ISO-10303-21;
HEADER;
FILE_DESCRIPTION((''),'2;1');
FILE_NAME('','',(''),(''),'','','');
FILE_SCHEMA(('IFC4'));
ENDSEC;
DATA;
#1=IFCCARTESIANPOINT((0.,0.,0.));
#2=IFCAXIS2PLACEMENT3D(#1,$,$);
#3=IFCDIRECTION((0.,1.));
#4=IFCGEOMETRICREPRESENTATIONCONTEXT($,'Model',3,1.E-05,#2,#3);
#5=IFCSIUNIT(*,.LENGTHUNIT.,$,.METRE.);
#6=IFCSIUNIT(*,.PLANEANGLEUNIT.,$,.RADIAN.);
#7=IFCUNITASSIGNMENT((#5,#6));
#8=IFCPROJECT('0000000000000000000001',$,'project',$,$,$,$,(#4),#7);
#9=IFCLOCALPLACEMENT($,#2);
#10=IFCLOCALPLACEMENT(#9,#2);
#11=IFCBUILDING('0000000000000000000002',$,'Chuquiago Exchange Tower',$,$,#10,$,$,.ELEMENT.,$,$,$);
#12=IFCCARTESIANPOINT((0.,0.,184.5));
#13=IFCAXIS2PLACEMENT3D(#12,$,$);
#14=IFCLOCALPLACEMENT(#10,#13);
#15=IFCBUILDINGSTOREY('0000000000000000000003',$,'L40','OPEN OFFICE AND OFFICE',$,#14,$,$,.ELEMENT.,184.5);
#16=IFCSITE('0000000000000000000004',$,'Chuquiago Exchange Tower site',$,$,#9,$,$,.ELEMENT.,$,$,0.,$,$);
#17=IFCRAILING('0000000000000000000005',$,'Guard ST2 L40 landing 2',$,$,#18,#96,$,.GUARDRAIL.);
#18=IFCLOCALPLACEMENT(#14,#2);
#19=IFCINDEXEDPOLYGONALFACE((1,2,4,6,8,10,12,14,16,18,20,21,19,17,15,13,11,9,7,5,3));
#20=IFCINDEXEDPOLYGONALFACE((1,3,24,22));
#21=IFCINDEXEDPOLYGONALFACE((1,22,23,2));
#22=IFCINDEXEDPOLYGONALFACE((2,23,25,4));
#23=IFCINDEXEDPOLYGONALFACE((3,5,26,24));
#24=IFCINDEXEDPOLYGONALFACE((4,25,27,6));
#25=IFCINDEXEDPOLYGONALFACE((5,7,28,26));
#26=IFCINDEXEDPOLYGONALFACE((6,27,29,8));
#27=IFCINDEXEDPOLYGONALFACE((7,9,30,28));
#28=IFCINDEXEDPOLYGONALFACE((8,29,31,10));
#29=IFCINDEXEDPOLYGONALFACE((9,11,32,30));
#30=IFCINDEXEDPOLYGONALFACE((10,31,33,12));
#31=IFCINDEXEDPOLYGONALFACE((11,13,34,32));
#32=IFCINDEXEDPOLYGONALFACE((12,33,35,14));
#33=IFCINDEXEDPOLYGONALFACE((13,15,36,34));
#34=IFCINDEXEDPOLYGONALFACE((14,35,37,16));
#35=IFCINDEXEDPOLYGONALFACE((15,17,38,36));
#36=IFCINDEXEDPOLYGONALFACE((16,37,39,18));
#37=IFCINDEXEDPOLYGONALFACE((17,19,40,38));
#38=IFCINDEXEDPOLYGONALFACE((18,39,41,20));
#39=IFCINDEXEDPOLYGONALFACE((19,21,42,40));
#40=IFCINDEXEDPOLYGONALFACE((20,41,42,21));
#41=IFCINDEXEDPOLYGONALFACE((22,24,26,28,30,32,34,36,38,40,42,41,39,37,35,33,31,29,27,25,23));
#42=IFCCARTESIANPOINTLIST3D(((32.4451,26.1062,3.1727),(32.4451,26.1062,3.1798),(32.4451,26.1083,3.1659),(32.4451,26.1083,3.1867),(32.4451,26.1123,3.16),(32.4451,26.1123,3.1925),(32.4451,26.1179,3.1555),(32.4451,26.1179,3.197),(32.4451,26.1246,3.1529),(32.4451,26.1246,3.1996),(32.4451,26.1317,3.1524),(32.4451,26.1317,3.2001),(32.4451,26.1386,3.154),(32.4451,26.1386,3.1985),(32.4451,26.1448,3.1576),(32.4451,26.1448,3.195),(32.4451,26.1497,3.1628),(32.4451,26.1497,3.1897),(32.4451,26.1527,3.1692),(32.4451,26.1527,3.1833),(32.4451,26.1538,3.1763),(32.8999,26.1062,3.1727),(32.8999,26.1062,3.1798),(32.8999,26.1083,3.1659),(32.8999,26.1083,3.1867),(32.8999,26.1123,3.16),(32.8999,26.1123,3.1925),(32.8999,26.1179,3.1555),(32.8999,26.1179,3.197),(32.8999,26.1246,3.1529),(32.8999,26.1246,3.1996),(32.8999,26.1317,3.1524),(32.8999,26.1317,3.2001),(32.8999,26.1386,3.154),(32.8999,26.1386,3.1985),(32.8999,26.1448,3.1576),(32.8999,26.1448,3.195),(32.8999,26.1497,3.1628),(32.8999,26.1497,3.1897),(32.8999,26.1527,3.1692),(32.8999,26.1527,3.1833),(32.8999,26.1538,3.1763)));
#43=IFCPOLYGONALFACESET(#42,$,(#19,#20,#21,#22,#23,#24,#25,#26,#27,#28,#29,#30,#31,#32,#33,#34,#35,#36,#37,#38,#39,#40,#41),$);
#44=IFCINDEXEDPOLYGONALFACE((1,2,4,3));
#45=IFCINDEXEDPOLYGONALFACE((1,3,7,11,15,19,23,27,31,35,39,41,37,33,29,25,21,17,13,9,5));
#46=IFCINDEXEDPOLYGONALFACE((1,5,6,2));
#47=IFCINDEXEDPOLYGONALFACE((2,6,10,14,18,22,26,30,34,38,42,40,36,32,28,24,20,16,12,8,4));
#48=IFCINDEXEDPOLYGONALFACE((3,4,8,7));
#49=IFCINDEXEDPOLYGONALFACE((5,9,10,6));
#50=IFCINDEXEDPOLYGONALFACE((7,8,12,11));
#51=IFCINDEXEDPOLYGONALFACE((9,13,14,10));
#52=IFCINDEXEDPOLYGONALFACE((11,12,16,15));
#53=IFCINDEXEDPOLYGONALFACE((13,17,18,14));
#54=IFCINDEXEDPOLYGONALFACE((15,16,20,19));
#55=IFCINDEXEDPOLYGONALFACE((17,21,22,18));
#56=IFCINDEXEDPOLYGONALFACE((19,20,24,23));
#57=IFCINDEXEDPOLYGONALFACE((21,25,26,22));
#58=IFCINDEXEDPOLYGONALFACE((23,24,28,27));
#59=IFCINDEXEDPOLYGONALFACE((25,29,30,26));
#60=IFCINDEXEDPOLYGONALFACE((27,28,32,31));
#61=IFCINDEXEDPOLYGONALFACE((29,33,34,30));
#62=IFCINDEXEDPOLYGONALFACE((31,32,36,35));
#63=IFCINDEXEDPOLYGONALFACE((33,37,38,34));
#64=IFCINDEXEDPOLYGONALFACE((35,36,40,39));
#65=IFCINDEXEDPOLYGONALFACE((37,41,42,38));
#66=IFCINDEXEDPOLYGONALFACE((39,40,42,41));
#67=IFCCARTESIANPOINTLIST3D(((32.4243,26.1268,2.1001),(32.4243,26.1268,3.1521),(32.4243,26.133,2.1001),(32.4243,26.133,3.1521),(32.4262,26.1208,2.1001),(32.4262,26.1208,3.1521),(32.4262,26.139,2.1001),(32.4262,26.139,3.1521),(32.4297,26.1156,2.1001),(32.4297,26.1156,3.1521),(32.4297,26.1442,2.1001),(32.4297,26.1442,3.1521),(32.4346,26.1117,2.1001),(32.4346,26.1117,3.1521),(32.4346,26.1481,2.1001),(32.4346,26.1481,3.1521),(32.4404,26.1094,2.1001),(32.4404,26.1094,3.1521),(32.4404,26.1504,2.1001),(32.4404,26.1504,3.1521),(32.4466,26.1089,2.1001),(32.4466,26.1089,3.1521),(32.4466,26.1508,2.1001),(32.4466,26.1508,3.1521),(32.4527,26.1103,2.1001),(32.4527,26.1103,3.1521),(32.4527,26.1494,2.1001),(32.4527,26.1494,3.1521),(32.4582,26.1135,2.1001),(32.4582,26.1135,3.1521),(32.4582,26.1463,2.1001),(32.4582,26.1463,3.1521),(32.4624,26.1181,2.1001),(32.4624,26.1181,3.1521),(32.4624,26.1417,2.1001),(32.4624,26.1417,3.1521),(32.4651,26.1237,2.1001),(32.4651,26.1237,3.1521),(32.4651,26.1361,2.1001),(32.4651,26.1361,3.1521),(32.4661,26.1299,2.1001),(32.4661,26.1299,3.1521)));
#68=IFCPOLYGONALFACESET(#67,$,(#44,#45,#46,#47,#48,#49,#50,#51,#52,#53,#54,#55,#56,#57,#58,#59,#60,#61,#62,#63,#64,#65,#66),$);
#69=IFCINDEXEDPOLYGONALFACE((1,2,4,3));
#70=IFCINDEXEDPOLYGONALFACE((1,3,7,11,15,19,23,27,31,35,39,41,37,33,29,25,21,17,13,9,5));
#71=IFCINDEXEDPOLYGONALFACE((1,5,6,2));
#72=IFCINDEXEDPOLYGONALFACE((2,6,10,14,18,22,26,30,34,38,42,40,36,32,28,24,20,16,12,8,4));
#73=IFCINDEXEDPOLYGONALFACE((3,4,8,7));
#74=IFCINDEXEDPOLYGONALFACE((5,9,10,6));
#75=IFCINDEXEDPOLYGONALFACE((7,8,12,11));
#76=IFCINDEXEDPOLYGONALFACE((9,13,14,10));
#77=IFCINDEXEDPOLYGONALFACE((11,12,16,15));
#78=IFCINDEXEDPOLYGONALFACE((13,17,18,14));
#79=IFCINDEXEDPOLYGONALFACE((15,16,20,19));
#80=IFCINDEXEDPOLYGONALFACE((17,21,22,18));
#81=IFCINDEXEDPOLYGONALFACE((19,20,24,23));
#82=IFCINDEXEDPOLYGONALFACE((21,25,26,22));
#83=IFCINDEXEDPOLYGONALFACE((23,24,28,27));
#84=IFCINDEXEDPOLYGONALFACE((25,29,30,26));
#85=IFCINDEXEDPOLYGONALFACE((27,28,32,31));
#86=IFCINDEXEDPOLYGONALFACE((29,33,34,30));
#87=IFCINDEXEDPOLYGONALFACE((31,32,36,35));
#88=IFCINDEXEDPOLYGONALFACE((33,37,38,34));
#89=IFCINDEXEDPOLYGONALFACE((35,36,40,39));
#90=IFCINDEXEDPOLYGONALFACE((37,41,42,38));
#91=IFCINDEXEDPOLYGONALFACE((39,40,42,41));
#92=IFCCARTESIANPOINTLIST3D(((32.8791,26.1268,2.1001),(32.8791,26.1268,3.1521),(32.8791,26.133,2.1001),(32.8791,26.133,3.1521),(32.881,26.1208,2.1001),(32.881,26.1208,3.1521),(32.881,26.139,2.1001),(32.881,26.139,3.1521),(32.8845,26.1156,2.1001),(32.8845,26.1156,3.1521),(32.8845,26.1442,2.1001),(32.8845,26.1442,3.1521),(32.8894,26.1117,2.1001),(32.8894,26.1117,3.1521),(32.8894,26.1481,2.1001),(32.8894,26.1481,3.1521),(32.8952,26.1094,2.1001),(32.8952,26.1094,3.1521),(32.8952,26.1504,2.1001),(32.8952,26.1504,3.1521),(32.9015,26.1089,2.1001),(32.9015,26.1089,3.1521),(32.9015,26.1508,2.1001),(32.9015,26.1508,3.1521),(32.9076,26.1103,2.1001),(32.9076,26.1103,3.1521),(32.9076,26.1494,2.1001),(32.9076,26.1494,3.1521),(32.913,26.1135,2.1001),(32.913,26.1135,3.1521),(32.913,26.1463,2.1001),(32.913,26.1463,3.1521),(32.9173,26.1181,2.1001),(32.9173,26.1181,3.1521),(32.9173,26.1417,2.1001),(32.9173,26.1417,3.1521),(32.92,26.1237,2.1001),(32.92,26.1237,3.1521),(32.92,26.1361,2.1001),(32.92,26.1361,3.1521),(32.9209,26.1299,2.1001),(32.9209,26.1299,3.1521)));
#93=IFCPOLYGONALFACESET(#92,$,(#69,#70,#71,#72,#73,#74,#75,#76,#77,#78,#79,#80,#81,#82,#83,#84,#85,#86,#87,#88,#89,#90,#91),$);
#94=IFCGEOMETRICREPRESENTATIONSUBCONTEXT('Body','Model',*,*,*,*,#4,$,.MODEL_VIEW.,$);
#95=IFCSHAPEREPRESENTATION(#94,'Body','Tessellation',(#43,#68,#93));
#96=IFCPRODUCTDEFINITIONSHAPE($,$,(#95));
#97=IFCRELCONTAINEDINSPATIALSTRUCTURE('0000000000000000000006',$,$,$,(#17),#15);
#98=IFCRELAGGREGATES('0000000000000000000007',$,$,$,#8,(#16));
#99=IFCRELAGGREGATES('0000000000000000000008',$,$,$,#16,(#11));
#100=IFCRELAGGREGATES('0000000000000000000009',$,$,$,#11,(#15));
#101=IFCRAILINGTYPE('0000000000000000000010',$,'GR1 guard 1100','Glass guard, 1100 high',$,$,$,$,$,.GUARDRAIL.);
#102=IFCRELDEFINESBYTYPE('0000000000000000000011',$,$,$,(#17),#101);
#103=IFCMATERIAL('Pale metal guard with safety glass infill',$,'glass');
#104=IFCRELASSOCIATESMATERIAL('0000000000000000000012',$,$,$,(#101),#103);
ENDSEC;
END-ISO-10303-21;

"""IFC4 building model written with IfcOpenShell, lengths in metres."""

from ifc_helpers import new_model, si_unit, direction, frame, origin, origin_2d, place, context, subcontext, project, spatial, circle, extrude, material, type_object, element, save


model = new_model("IFC4")

# Units and contexts
model_context = context("Model", 3, precision=1e-05, world=origin(), true_north=direction((0.0, 1.0)))
body_context = subcontext(model_context, "Body", "Model", "MODEL_VIEW")
ifc_project = project(units=[si_unit("LENGTHUNIT", "METRE"), si_unit("PLANEANGLEUNIT", "RADIAN")], contexts=[model_context])

# Site, building, storey
site_placement = place(None, origin())
site = spatial("IfcSite", under=ifc_project, at=site_placement, Name="Chuquiago Exchange Tower site", CompositionType="ELEMENT", RefElevation=0.0)
building_placement = place(site_placement, origin())
building = spatial("IfcBuilding", under=site, at=building_placement, Name="Chuquiago Exchange Tower", CompositionType="ELEMENT")
storey_placement = place(building_placement, frame((0.0, 0.0, 184.5)))
storey = spatial("IfcBuildingStorey", under=building, at=storey_placement, Name="L40", Description="OPEN OFFICE AND OFFICE", CompositionType="ELEMENT", Elevation=184.5)

# Railing
ifc_material_1 = material(Name="Pale metal guard with safety glass infill", Category="glass")
railing_type_1 = type_object("IfcRailingType", Name="GR1 guard 1100", Description="Glass guard, 1100 high", PredefinedType="GUARDRAIL", material=ifc_material_1)
railing_1_placement = place(storey_placement, frame((32.4451, 26.1299, 2.1001)))
element("IfcRailing", 1, at=railing_1_placement, inside=storey, type_object=railing_type_1, Name="Guard ST2 L40 landing 2", PredefinedType="GUARDRAIL", context=body_context, shape_type="SweptSolid", body=[
    extrude(circle(Radius=0.0239, at=origin_2d()), frame((0.0, 0.0, 1.0762), z_axis=(1.0, 0.0, 0.0), x_axis=(0.0, 1.0, 0.0)), (0.0, 0.0, 1.0), 0.4548),
    extrude(circle(Radius=0.021, at=origin_2d()), origin(), (0.0, 0.0, 1.0), 1.052),
    extrude(circle(Radius=0.021, at=origin_2d()), frame((0.4548, 0.0, 0.0)), (0.0, 0.0, 1.0), 1.052),
])

save(model, "model.ifc")
